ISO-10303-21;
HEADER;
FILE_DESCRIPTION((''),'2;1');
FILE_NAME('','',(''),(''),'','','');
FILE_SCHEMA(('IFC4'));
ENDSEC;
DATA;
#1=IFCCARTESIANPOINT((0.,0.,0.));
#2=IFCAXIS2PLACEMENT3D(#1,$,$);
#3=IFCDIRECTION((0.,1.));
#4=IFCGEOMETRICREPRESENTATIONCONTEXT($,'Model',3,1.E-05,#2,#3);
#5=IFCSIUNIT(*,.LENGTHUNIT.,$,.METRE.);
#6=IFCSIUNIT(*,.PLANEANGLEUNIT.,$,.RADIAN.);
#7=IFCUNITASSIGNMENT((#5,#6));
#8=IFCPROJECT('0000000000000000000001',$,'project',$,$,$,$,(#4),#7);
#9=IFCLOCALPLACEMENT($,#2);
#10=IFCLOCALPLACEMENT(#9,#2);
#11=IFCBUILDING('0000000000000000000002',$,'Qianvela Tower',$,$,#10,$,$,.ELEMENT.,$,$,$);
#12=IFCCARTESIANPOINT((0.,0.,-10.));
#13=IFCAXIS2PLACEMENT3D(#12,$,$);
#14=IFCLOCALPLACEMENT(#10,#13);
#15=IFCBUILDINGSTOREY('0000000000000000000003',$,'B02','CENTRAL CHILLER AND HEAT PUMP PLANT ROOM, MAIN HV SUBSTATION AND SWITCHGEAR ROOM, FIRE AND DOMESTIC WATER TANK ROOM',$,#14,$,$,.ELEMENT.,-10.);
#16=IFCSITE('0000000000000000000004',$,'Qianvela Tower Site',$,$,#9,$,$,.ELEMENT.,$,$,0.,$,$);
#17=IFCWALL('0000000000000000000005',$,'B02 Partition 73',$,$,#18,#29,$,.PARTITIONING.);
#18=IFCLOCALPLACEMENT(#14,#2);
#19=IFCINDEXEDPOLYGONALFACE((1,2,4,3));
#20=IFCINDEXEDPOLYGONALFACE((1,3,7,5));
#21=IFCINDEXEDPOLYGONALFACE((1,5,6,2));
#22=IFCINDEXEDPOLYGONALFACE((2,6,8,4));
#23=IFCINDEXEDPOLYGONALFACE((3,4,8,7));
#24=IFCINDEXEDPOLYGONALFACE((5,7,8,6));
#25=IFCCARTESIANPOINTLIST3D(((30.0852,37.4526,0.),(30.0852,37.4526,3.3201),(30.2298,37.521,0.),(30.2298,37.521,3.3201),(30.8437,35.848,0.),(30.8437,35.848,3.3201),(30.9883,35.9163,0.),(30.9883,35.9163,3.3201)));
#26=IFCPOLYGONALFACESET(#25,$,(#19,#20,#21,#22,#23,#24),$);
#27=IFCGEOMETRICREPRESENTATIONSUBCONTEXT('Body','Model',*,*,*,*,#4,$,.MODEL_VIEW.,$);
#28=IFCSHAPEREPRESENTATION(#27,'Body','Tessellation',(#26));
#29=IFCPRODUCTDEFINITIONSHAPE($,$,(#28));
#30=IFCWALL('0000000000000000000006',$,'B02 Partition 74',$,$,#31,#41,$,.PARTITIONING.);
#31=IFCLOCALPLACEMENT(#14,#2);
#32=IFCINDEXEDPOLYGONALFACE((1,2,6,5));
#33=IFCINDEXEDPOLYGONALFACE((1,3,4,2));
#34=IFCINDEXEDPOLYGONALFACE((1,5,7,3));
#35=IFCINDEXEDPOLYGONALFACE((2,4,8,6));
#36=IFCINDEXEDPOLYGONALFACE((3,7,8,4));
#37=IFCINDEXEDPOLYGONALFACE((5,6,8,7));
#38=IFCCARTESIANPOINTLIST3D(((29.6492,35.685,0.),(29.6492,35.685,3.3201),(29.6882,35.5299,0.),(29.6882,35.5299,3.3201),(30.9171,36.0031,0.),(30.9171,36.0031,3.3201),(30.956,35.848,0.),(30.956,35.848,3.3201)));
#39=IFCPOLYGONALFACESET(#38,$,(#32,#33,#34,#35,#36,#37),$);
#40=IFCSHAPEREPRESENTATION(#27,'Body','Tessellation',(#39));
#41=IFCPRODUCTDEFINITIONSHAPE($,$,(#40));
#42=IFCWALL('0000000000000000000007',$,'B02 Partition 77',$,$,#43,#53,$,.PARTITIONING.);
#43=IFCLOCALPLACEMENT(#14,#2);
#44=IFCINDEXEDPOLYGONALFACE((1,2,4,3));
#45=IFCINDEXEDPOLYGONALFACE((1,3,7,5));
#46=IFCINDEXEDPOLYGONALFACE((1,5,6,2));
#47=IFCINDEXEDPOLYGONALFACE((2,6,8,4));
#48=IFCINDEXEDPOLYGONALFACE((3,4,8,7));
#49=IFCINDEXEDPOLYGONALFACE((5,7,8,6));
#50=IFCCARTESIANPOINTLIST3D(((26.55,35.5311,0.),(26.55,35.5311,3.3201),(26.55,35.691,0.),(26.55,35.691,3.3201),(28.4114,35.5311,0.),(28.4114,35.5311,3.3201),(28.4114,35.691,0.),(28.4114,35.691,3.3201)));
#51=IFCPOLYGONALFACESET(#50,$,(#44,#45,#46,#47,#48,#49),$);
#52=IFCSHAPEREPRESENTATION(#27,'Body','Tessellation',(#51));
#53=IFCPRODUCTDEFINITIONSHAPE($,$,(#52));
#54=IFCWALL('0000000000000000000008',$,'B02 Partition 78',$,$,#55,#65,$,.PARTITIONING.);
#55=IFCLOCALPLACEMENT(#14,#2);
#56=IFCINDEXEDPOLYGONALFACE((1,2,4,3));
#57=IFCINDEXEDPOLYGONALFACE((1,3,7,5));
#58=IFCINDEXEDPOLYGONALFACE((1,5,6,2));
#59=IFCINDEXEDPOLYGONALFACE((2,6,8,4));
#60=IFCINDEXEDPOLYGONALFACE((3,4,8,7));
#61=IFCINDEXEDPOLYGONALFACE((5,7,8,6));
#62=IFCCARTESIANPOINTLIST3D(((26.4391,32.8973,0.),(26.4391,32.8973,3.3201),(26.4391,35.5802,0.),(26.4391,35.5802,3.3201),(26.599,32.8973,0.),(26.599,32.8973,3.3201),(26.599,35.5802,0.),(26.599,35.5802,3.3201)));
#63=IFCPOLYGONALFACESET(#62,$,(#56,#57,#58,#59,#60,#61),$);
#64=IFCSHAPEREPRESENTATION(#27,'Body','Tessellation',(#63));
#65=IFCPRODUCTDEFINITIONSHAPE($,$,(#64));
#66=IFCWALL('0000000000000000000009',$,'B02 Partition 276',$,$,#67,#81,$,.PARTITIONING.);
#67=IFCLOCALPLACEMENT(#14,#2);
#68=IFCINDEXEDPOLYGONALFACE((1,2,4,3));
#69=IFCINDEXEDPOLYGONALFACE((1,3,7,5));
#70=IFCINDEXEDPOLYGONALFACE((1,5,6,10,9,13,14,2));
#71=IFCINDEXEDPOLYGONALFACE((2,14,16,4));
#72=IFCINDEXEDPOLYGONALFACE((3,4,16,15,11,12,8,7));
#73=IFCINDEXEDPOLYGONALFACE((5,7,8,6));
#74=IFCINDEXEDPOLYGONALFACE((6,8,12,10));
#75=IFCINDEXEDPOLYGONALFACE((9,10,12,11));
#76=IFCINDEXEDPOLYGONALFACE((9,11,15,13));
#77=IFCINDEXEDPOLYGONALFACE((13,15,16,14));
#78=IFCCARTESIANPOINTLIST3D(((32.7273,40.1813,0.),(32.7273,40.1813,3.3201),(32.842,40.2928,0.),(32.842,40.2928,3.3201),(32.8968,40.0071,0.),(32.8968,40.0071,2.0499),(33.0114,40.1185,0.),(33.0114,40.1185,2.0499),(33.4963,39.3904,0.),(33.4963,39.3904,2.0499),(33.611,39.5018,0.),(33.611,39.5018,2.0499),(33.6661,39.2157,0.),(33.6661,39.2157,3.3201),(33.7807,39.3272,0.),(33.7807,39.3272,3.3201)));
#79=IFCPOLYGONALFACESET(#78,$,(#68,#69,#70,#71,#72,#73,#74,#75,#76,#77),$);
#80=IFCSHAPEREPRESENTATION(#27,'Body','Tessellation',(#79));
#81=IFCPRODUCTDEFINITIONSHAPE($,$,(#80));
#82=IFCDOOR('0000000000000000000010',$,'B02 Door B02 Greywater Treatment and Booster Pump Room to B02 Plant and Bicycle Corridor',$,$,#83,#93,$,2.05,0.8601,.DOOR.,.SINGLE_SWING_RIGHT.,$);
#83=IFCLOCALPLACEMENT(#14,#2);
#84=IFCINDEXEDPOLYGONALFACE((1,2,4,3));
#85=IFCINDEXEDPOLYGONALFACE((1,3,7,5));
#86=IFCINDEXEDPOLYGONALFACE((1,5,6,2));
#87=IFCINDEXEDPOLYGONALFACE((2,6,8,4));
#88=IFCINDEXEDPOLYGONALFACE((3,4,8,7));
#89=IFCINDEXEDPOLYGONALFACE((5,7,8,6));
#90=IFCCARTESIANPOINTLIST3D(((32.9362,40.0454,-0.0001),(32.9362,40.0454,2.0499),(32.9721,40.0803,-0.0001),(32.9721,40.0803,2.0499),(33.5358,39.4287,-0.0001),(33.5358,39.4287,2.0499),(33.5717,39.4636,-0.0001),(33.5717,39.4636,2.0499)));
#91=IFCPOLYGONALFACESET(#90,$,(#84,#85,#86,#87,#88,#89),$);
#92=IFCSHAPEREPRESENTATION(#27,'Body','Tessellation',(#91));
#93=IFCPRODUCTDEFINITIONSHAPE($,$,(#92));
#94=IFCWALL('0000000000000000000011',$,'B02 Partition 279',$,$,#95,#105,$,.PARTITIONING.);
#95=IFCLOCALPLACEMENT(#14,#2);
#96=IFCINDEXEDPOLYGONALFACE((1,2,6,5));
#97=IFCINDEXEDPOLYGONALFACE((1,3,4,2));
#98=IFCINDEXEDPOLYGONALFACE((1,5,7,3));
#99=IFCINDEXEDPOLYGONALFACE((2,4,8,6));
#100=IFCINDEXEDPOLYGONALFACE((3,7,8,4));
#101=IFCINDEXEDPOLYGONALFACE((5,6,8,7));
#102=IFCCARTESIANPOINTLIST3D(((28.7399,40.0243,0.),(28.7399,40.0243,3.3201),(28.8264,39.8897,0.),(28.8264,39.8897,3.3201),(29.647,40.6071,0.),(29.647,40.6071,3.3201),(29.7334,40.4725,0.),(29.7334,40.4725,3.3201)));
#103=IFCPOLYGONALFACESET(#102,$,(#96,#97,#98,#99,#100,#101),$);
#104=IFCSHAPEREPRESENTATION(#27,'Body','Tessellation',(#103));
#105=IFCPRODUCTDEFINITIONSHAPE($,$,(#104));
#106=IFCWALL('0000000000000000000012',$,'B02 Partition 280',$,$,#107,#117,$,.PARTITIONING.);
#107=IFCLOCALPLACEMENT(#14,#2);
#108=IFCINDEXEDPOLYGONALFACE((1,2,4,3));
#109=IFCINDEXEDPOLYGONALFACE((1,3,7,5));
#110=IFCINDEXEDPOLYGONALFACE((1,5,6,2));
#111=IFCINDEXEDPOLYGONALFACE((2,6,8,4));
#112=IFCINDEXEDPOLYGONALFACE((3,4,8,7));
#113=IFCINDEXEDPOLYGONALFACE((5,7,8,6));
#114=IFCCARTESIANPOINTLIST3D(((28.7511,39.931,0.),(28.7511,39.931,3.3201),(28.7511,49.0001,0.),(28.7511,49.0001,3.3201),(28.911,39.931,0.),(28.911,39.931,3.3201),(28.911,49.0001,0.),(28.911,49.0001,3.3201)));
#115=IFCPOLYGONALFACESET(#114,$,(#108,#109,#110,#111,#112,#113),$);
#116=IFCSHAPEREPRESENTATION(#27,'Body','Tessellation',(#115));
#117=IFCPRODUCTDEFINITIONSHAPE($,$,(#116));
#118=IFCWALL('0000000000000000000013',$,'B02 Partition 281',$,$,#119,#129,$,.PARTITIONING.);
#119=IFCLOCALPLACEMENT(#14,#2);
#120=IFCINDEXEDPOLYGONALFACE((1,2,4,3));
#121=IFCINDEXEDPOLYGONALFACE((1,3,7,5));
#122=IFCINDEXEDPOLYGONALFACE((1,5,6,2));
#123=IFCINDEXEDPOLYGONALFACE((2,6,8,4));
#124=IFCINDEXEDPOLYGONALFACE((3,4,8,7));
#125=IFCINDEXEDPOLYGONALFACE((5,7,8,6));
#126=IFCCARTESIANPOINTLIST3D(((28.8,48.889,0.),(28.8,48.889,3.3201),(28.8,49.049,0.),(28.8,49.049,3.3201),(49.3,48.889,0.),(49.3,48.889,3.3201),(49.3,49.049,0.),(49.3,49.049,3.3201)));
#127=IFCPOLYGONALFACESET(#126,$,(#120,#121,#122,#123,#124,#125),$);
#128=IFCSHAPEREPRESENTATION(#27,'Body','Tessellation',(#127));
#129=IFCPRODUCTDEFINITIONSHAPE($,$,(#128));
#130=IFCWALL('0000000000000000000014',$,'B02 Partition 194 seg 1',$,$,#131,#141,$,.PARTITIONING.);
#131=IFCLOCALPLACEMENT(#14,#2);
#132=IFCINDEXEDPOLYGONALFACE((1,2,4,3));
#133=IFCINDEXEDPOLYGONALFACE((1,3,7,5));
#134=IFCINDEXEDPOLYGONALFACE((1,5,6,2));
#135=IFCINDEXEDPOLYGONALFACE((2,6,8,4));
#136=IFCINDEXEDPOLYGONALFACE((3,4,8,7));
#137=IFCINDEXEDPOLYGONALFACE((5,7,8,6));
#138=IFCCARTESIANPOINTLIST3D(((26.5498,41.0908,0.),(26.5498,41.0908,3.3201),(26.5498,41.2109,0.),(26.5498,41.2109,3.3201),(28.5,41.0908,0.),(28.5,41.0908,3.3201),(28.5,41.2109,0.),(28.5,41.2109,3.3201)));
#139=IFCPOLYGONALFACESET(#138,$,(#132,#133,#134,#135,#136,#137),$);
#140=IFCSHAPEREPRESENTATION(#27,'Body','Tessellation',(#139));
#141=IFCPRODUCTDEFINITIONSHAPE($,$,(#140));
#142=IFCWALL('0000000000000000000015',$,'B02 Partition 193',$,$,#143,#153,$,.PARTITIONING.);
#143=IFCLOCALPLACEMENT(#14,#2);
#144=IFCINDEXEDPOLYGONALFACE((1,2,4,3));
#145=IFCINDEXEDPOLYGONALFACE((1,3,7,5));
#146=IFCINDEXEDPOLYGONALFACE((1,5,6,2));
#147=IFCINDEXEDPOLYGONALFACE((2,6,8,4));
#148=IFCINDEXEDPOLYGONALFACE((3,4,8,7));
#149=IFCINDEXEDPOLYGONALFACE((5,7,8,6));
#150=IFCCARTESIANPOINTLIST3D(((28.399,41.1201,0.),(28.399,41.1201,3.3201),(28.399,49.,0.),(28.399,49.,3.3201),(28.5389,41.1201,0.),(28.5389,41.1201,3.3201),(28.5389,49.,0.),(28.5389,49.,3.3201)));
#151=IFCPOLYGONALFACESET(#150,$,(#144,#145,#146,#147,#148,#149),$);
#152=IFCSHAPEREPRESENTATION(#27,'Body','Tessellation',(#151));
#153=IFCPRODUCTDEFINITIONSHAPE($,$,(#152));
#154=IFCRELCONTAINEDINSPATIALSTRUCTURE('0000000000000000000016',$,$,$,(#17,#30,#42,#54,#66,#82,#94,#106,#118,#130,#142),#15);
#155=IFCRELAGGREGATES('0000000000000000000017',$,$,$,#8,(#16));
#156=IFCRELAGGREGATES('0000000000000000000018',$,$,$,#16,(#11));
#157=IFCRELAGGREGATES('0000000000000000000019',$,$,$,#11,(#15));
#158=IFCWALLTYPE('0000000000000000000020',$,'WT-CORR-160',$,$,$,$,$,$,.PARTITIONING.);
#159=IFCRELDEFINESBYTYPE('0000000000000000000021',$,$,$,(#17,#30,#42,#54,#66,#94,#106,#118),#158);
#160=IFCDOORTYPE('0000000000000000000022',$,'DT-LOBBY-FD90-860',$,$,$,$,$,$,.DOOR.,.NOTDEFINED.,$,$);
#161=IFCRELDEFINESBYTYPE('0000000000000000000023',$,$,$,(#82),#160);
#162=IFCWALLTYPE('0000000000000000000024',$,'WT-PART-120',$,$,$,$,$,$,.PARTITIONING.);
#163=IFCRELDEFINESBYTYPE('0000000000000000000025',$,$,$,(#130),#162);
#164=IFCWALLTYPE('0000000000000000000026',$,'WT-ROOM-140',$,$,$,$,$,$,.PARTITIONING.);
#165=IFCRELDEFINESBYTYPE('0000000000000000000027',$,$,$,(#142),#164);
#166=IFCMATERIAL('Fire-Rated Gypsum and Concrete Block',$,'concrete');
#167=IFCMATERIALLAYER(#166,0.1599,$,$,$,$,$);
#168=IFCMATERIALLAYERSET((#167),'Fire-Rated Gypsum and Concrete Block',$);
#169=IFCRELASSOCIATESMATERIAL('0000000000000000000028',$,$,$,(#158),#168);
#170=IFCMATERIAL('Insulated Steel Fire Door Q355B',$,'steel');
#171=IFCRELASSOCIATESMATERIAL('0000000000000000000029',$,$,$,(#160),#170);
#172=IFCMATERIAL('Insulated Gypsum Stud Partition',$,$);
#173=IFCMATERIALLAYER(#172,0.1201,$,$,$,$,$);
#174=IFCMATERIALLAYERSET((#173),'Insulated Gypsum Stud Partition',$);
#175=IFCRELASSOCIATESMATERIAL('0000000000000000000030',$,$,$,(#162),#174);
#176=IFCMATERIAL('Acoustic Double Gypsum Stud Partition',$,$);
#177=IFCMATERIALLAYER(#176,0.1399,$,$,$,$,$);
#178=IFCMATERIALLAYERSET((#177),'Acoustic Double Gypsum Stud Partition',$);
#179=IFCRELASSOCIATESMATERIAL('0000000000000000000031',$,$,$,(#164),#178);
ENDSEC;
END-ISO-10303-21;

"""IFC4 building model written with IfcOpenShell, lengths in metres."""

from ifc_helpers import new_model, si_unit, direction, frame, frame_2d, origin, place, context, subcontext, project, spatial, rectangle, extrude, material, layer, layer_set, type_object, element, fill, save


model = new_model("IFC4")

# Units and contexts
model_context = context("Model", 3, precision=1e-05, world=origin(), true_north=direction((0.0, 1.0)))
body_context = subcontext(model_context, "Body", "Model", "MODEL_VIEW")
ifc_project = project(units=[si_unit("LENGTHUNIT", "METRE"), si_unit("PLANEANGLEUNIT", "RADIAN")], contexts=[model_context])

# Site, building, storey
site_placement = place(None, origin())
site = spatial("IfcSite", under=ifc_project, at=site_placement, Name="Qianvela Tower Site", CompositionType="ELEMENT", RefElevation=0.0)
building_placement = place(site_placement, origin())
building = spatial("IfcBuilding", under=site, at=building_placement, Name="Qianvela Tower", CompositionType="ELEMENT")
storey_placement = place(building_placement, frame((0.0, 0.0, -10.0)))
storey = spatial("IfcBuildingStorey", under=building, at=storey_placement, Name="B02", Description="CENTRAL CHILLER AND HEAT PUMP PLANT ROOM, MAIN HV SUBSTATION AND SWITCHGEAR ROOM, FIRE AND DOMESTIC WATER TANK ROOM", CompositionType="ELEMENT", Elevation=-10.0)

# Walls
ifc_material_1 = material(Name="Fire-Rated Gypsum and Concrete Block", Category="concrete")
ifc_layer_1 = layer(ifc_material_1, 0.1599)
ifc_layer_set_1 = layer_set([ifc_layer_1], Name="Fire-Rated Gypsum and Concrete Block")
wall_type_1 = type_object("IfcWallType", Name="WT-CORR-160", PredefinedType="PARTITIONING", material=ifc_layer_set_1)
wall_1_placement = place(storey_placement, frame((30.1575, 37.4868, 0.0), z_axis=(0.0, 0.0, 1.0), x_axis=(0.427353, -0.904085, 0.0)))
element("IfcWall", 1, at=wall_1_placement, inside=storey, type_object=wall_type_1, Name="B02 Partition 73", PredefinedType="PARTITIONING", context=body_context, shape_type="SweptSolid", body=[
    extrude(rectangle(XDim=1.7749, YDim=0.1599, at=frame_2d((0.8875, 0.0))), origin(), (0.0, 0.0, 1.0), 3.3201),
])
wall_2_placement = place(storey_placement, frame((30.9365, 35.9255, 0.0), z_axis=(0.0, 0.0, 1.0), x_axis=(-0.969933, -0.243371, 0.0)))
element("IfcWall", 2, at=wall_2_placement, inside=storey, type_object=wall_type_1, Name="B02 Partition 74", PredefinedType="PARTITIONING", context=body_context, shape_type="SweptSolid", body=[
    extrude(rectangle(XDim=1.3071, YDim=0.1599, at=frame_2d((0.6536, 0.0))), origin(), (0.0, 0.0, 1.0), 3.3201),
])
wall_3_placement = place(storey_placement, frame((28.4114, 35.6111, 0.0), z_axis=(0.0, 0.0, 1.0), x_axis=(-1.0, 0.0, 0.0)))
element("IfcWall", 3, at=wall_3_placement, inside=storey, type_object=wall_type_1, Name="B02 Partition 77", PredefinedType="PARTITIONING", context=body_context, shape_type="SweptSolid", body=[
    extrude(rectangle(XDim=1.8613, YDim=0.1599, at=frame_2d((0.9307, 0.0))), origin(), (0.0, 0.0, 1.0), 3.3201),
])
wall_4_placement = place(storey_placement, frame((26.519, 35.5801, 0.0), z_axis=(0.0, 0.0, 1.0), x_axis=(0.0, -1.0, 0.0)))
element("IfcWall", 4, at=wall_4_placement, inside=storey, type_object=wall_type_1, Name="B02 Partition 78", PredefinedType="PARTITIONING", context=body_context, shape_type="SweptSolid", body=[
    extrude(rectangle(XDim=2.6829, YDim=0.1599, at=frame_2d((1.3413, 0.0))), origin(), (0.0, 0.0, 1.0), 3.3201),
])

# Wall, opening, door
wall_5_placement = place(storey_placement, frame((33.7234, 39.2715, 0.0), z_axis=(0.0, 0.0, 1.0), x_axis=(-0.697065, 0.717008, 0.0)))
wall_5 = element("IfcWall", 5, at=wall_5_placement, inside=storey, type_object=wall_type_1, Name="B02 Partition 276", PredefinedType="PARTITIONING", context=body_context, shape_type="SweptSolid", body=[
    extrude(rectangle(XDim=1.3467, YDim=0.1599, at=frame_2d((0.6733, 0.0))), origin(), (0.0, 0.0, 1.0), 3.3201),
])
opening_placement = place(wall_5_placement, frame((0.2434, 0.0, 0.0)))
opening = element("IfcOpeningElement", 6, at=opening_placement, cuts=wall_5, PredefinedType="OPENING", context=body_context, shape_type="SweptSolid", body=[
    extrude(rectangle(XDim=0.8601, YDim=2.05, at=frame_2d((0.4302, 1.0249))), frame((0.0, 0.0898, 0.0), z_axis=(0.0, -1.0, 0.0), x_axis=(1.0, 0.0, 0.0)), (0.0, 0.0, 1.0), 0.1799),
])
ifc_material_2 = material(Name="Insulated Steel Fire Door Q355B", Category="steel")
door_type = type_object("IfcDoorType", Name="DT-LOBBY-FD90-860", OperationType="NOTDEFINED", PredefinedType="DOOR", material=ifc_material_2)
door_placement = place(opening_placement, origin())
door = element("IfcDoor", 7, at=door_placement, inside=storey, type_object=door_type, Name="B02 Door B02 Greywater Treatment and Booster Pump Room to B02 Plant and Bicycle Corridor", OperationType="SINGLE_SWING_RIGHT", OverallHeight=2.05, OverallWidth=0.8601, PredefinedType="DOOR", context=body_context, shape_type="SweptSolid", body=[
    extrude(rectangle(XDim=0.8601, YDim=2.05, at=frame_2d((0.4302, 1.0249))), frame((0.0, 0.0249, 0.0), z_axis=(0.0, -1.0, 0.0), x_axis=(1.0, 0.0, 0.0)), (0.0, 0.0, 1.0), 0.05),
])
fill(opening, door)

# Walls
wall_6_placement = place(storey_placement, frame((29.6902, 40.5398, 0.0), z_axis=(0.0, 0.0, 1.0), x_axis=(-0.841304, -0.540563, 0.0)))
element("IfcWall", 8, at=wall_6_placement, inside=storey, type_object=wall_type_1, Name="B02 Partition 279", PredefinedType="PARTITIONING", context=body_context, shape_type="SweptSolid", body=[
    extrude(rectangle(XDim=1.0781, YDim=0.1599, at=frame_2d((0.5391, 0.0))), origin(), (0.0, 0.0, 1.0), 3.3201),
])
wall_7_placement = place(storey_placement, frame((28.8311, 39.9309, 0.0), z_axis=(0.0, 0.0, 1.0), x_axis=(0.0, 1.0, 0.0)))
element("IfcWall", 9, at=wall_7_placement, inside=storey, type_object=wall_type_1, Name="B02 Partition 280", PredefinedType="PARTITIONING", context=body_context, shape_type="SweptSolid", body=[
    extrude(rectangle(XDim=9.0691, YDim=0.1599, at=frame_2d((4.5347, 0.0))), origin(), (0.0, 0.0, 1.0), 3.3201),
])
wall_8_placement = place(storey_placement, frame((28.8, 48.969, 0.0), z_axis=(0.0, 0.0, 1.0), x_axis=(1.0, 0.0, 0.0)))
element("IfcWall", 10, at=wall_8_placement, inside=storey, type_object=wall_type_1, Name="B02 Partition 281", PredefinedType="PARTITIONING", context=body_context, shape_type="SweptSolid", body=[
    extrude(rectangle(XDim=20.5, YDim=0.1599, at=frame_2d((10.25, 0.0))), origin(), (0.0, 0.0, 1.0), 3.3201),
])
ifc_material_3 = material(Name="Insulated Gypsum Stud Partition")
ifc_layer_2 = layer(ifc_material_3, 0.1201)
ifc_layer_set_2 = layer_set([ifc_layer_2], Name="Insulated Gypsum Stud Partition")
wall_type_2 = type_object("IfcWallType", Name="WT-PART-120", PredefinedType="PARTITIONING", material=ifc_layer_set_2)
wall_9_placement = place(storey_placement, frame((28.5, 41.1509, 0.0), z_axis=(0.0, 0.0, 1.0), x_axis=(-1.0, 0.0, 0.0)))
element("IfcWall", 11, at=wall_9_placement, inside=storey, type_object=wall_type_2, Name="B02 Partition 194 seg 1", PredefinedType="PARTITIONING", context=body_context, shape_type="SweptSolid", body=[
    extrude(rectangle(XDim=1.9502, YDim=0.1201, at=frame_2d((0.9751, 0.0))), origin(), (0.0, 0.0, 1.0), 3.3201),
])
ifc_material_4 = material(Name="Acoustic Double Gypsum Stud Partition")
ifc_layer_3 = layer(ifc_material_4, 0.1399)
ifc_layer_set_3 = layer_set([ifc_layer_3], Name="Acoustic Double Gypsum Stud Partition")
wall_type_3 = type_object("IfcWallType", Name="WT-ROOM-140", PredefinedType="PARTITIONING", material=ifc_layer_set_3)
wall_10_placement = place(storey_placement, frame((28.469, 49.0, 0.0), z_axis=(0.0, 0.0, 1.0), x_axis=(0.0, -1.0, 0.0)))
element("IfcWall", 12, at=wall_10_placement, inside=storey, type_object=wall_type_3, Name="B02 Partition 193", PredefinedType="PARTITIONING", context=body_context, shape_type="SweptSolid", body=[
    extrude(rectangle(XDim=7.8799, YDim=0.1399, at=frame_2d((3.9399, 0.0))), origin(), (0.0, 0.0, 1.0), 3.3201),
])

save(model, "model.ifc")
